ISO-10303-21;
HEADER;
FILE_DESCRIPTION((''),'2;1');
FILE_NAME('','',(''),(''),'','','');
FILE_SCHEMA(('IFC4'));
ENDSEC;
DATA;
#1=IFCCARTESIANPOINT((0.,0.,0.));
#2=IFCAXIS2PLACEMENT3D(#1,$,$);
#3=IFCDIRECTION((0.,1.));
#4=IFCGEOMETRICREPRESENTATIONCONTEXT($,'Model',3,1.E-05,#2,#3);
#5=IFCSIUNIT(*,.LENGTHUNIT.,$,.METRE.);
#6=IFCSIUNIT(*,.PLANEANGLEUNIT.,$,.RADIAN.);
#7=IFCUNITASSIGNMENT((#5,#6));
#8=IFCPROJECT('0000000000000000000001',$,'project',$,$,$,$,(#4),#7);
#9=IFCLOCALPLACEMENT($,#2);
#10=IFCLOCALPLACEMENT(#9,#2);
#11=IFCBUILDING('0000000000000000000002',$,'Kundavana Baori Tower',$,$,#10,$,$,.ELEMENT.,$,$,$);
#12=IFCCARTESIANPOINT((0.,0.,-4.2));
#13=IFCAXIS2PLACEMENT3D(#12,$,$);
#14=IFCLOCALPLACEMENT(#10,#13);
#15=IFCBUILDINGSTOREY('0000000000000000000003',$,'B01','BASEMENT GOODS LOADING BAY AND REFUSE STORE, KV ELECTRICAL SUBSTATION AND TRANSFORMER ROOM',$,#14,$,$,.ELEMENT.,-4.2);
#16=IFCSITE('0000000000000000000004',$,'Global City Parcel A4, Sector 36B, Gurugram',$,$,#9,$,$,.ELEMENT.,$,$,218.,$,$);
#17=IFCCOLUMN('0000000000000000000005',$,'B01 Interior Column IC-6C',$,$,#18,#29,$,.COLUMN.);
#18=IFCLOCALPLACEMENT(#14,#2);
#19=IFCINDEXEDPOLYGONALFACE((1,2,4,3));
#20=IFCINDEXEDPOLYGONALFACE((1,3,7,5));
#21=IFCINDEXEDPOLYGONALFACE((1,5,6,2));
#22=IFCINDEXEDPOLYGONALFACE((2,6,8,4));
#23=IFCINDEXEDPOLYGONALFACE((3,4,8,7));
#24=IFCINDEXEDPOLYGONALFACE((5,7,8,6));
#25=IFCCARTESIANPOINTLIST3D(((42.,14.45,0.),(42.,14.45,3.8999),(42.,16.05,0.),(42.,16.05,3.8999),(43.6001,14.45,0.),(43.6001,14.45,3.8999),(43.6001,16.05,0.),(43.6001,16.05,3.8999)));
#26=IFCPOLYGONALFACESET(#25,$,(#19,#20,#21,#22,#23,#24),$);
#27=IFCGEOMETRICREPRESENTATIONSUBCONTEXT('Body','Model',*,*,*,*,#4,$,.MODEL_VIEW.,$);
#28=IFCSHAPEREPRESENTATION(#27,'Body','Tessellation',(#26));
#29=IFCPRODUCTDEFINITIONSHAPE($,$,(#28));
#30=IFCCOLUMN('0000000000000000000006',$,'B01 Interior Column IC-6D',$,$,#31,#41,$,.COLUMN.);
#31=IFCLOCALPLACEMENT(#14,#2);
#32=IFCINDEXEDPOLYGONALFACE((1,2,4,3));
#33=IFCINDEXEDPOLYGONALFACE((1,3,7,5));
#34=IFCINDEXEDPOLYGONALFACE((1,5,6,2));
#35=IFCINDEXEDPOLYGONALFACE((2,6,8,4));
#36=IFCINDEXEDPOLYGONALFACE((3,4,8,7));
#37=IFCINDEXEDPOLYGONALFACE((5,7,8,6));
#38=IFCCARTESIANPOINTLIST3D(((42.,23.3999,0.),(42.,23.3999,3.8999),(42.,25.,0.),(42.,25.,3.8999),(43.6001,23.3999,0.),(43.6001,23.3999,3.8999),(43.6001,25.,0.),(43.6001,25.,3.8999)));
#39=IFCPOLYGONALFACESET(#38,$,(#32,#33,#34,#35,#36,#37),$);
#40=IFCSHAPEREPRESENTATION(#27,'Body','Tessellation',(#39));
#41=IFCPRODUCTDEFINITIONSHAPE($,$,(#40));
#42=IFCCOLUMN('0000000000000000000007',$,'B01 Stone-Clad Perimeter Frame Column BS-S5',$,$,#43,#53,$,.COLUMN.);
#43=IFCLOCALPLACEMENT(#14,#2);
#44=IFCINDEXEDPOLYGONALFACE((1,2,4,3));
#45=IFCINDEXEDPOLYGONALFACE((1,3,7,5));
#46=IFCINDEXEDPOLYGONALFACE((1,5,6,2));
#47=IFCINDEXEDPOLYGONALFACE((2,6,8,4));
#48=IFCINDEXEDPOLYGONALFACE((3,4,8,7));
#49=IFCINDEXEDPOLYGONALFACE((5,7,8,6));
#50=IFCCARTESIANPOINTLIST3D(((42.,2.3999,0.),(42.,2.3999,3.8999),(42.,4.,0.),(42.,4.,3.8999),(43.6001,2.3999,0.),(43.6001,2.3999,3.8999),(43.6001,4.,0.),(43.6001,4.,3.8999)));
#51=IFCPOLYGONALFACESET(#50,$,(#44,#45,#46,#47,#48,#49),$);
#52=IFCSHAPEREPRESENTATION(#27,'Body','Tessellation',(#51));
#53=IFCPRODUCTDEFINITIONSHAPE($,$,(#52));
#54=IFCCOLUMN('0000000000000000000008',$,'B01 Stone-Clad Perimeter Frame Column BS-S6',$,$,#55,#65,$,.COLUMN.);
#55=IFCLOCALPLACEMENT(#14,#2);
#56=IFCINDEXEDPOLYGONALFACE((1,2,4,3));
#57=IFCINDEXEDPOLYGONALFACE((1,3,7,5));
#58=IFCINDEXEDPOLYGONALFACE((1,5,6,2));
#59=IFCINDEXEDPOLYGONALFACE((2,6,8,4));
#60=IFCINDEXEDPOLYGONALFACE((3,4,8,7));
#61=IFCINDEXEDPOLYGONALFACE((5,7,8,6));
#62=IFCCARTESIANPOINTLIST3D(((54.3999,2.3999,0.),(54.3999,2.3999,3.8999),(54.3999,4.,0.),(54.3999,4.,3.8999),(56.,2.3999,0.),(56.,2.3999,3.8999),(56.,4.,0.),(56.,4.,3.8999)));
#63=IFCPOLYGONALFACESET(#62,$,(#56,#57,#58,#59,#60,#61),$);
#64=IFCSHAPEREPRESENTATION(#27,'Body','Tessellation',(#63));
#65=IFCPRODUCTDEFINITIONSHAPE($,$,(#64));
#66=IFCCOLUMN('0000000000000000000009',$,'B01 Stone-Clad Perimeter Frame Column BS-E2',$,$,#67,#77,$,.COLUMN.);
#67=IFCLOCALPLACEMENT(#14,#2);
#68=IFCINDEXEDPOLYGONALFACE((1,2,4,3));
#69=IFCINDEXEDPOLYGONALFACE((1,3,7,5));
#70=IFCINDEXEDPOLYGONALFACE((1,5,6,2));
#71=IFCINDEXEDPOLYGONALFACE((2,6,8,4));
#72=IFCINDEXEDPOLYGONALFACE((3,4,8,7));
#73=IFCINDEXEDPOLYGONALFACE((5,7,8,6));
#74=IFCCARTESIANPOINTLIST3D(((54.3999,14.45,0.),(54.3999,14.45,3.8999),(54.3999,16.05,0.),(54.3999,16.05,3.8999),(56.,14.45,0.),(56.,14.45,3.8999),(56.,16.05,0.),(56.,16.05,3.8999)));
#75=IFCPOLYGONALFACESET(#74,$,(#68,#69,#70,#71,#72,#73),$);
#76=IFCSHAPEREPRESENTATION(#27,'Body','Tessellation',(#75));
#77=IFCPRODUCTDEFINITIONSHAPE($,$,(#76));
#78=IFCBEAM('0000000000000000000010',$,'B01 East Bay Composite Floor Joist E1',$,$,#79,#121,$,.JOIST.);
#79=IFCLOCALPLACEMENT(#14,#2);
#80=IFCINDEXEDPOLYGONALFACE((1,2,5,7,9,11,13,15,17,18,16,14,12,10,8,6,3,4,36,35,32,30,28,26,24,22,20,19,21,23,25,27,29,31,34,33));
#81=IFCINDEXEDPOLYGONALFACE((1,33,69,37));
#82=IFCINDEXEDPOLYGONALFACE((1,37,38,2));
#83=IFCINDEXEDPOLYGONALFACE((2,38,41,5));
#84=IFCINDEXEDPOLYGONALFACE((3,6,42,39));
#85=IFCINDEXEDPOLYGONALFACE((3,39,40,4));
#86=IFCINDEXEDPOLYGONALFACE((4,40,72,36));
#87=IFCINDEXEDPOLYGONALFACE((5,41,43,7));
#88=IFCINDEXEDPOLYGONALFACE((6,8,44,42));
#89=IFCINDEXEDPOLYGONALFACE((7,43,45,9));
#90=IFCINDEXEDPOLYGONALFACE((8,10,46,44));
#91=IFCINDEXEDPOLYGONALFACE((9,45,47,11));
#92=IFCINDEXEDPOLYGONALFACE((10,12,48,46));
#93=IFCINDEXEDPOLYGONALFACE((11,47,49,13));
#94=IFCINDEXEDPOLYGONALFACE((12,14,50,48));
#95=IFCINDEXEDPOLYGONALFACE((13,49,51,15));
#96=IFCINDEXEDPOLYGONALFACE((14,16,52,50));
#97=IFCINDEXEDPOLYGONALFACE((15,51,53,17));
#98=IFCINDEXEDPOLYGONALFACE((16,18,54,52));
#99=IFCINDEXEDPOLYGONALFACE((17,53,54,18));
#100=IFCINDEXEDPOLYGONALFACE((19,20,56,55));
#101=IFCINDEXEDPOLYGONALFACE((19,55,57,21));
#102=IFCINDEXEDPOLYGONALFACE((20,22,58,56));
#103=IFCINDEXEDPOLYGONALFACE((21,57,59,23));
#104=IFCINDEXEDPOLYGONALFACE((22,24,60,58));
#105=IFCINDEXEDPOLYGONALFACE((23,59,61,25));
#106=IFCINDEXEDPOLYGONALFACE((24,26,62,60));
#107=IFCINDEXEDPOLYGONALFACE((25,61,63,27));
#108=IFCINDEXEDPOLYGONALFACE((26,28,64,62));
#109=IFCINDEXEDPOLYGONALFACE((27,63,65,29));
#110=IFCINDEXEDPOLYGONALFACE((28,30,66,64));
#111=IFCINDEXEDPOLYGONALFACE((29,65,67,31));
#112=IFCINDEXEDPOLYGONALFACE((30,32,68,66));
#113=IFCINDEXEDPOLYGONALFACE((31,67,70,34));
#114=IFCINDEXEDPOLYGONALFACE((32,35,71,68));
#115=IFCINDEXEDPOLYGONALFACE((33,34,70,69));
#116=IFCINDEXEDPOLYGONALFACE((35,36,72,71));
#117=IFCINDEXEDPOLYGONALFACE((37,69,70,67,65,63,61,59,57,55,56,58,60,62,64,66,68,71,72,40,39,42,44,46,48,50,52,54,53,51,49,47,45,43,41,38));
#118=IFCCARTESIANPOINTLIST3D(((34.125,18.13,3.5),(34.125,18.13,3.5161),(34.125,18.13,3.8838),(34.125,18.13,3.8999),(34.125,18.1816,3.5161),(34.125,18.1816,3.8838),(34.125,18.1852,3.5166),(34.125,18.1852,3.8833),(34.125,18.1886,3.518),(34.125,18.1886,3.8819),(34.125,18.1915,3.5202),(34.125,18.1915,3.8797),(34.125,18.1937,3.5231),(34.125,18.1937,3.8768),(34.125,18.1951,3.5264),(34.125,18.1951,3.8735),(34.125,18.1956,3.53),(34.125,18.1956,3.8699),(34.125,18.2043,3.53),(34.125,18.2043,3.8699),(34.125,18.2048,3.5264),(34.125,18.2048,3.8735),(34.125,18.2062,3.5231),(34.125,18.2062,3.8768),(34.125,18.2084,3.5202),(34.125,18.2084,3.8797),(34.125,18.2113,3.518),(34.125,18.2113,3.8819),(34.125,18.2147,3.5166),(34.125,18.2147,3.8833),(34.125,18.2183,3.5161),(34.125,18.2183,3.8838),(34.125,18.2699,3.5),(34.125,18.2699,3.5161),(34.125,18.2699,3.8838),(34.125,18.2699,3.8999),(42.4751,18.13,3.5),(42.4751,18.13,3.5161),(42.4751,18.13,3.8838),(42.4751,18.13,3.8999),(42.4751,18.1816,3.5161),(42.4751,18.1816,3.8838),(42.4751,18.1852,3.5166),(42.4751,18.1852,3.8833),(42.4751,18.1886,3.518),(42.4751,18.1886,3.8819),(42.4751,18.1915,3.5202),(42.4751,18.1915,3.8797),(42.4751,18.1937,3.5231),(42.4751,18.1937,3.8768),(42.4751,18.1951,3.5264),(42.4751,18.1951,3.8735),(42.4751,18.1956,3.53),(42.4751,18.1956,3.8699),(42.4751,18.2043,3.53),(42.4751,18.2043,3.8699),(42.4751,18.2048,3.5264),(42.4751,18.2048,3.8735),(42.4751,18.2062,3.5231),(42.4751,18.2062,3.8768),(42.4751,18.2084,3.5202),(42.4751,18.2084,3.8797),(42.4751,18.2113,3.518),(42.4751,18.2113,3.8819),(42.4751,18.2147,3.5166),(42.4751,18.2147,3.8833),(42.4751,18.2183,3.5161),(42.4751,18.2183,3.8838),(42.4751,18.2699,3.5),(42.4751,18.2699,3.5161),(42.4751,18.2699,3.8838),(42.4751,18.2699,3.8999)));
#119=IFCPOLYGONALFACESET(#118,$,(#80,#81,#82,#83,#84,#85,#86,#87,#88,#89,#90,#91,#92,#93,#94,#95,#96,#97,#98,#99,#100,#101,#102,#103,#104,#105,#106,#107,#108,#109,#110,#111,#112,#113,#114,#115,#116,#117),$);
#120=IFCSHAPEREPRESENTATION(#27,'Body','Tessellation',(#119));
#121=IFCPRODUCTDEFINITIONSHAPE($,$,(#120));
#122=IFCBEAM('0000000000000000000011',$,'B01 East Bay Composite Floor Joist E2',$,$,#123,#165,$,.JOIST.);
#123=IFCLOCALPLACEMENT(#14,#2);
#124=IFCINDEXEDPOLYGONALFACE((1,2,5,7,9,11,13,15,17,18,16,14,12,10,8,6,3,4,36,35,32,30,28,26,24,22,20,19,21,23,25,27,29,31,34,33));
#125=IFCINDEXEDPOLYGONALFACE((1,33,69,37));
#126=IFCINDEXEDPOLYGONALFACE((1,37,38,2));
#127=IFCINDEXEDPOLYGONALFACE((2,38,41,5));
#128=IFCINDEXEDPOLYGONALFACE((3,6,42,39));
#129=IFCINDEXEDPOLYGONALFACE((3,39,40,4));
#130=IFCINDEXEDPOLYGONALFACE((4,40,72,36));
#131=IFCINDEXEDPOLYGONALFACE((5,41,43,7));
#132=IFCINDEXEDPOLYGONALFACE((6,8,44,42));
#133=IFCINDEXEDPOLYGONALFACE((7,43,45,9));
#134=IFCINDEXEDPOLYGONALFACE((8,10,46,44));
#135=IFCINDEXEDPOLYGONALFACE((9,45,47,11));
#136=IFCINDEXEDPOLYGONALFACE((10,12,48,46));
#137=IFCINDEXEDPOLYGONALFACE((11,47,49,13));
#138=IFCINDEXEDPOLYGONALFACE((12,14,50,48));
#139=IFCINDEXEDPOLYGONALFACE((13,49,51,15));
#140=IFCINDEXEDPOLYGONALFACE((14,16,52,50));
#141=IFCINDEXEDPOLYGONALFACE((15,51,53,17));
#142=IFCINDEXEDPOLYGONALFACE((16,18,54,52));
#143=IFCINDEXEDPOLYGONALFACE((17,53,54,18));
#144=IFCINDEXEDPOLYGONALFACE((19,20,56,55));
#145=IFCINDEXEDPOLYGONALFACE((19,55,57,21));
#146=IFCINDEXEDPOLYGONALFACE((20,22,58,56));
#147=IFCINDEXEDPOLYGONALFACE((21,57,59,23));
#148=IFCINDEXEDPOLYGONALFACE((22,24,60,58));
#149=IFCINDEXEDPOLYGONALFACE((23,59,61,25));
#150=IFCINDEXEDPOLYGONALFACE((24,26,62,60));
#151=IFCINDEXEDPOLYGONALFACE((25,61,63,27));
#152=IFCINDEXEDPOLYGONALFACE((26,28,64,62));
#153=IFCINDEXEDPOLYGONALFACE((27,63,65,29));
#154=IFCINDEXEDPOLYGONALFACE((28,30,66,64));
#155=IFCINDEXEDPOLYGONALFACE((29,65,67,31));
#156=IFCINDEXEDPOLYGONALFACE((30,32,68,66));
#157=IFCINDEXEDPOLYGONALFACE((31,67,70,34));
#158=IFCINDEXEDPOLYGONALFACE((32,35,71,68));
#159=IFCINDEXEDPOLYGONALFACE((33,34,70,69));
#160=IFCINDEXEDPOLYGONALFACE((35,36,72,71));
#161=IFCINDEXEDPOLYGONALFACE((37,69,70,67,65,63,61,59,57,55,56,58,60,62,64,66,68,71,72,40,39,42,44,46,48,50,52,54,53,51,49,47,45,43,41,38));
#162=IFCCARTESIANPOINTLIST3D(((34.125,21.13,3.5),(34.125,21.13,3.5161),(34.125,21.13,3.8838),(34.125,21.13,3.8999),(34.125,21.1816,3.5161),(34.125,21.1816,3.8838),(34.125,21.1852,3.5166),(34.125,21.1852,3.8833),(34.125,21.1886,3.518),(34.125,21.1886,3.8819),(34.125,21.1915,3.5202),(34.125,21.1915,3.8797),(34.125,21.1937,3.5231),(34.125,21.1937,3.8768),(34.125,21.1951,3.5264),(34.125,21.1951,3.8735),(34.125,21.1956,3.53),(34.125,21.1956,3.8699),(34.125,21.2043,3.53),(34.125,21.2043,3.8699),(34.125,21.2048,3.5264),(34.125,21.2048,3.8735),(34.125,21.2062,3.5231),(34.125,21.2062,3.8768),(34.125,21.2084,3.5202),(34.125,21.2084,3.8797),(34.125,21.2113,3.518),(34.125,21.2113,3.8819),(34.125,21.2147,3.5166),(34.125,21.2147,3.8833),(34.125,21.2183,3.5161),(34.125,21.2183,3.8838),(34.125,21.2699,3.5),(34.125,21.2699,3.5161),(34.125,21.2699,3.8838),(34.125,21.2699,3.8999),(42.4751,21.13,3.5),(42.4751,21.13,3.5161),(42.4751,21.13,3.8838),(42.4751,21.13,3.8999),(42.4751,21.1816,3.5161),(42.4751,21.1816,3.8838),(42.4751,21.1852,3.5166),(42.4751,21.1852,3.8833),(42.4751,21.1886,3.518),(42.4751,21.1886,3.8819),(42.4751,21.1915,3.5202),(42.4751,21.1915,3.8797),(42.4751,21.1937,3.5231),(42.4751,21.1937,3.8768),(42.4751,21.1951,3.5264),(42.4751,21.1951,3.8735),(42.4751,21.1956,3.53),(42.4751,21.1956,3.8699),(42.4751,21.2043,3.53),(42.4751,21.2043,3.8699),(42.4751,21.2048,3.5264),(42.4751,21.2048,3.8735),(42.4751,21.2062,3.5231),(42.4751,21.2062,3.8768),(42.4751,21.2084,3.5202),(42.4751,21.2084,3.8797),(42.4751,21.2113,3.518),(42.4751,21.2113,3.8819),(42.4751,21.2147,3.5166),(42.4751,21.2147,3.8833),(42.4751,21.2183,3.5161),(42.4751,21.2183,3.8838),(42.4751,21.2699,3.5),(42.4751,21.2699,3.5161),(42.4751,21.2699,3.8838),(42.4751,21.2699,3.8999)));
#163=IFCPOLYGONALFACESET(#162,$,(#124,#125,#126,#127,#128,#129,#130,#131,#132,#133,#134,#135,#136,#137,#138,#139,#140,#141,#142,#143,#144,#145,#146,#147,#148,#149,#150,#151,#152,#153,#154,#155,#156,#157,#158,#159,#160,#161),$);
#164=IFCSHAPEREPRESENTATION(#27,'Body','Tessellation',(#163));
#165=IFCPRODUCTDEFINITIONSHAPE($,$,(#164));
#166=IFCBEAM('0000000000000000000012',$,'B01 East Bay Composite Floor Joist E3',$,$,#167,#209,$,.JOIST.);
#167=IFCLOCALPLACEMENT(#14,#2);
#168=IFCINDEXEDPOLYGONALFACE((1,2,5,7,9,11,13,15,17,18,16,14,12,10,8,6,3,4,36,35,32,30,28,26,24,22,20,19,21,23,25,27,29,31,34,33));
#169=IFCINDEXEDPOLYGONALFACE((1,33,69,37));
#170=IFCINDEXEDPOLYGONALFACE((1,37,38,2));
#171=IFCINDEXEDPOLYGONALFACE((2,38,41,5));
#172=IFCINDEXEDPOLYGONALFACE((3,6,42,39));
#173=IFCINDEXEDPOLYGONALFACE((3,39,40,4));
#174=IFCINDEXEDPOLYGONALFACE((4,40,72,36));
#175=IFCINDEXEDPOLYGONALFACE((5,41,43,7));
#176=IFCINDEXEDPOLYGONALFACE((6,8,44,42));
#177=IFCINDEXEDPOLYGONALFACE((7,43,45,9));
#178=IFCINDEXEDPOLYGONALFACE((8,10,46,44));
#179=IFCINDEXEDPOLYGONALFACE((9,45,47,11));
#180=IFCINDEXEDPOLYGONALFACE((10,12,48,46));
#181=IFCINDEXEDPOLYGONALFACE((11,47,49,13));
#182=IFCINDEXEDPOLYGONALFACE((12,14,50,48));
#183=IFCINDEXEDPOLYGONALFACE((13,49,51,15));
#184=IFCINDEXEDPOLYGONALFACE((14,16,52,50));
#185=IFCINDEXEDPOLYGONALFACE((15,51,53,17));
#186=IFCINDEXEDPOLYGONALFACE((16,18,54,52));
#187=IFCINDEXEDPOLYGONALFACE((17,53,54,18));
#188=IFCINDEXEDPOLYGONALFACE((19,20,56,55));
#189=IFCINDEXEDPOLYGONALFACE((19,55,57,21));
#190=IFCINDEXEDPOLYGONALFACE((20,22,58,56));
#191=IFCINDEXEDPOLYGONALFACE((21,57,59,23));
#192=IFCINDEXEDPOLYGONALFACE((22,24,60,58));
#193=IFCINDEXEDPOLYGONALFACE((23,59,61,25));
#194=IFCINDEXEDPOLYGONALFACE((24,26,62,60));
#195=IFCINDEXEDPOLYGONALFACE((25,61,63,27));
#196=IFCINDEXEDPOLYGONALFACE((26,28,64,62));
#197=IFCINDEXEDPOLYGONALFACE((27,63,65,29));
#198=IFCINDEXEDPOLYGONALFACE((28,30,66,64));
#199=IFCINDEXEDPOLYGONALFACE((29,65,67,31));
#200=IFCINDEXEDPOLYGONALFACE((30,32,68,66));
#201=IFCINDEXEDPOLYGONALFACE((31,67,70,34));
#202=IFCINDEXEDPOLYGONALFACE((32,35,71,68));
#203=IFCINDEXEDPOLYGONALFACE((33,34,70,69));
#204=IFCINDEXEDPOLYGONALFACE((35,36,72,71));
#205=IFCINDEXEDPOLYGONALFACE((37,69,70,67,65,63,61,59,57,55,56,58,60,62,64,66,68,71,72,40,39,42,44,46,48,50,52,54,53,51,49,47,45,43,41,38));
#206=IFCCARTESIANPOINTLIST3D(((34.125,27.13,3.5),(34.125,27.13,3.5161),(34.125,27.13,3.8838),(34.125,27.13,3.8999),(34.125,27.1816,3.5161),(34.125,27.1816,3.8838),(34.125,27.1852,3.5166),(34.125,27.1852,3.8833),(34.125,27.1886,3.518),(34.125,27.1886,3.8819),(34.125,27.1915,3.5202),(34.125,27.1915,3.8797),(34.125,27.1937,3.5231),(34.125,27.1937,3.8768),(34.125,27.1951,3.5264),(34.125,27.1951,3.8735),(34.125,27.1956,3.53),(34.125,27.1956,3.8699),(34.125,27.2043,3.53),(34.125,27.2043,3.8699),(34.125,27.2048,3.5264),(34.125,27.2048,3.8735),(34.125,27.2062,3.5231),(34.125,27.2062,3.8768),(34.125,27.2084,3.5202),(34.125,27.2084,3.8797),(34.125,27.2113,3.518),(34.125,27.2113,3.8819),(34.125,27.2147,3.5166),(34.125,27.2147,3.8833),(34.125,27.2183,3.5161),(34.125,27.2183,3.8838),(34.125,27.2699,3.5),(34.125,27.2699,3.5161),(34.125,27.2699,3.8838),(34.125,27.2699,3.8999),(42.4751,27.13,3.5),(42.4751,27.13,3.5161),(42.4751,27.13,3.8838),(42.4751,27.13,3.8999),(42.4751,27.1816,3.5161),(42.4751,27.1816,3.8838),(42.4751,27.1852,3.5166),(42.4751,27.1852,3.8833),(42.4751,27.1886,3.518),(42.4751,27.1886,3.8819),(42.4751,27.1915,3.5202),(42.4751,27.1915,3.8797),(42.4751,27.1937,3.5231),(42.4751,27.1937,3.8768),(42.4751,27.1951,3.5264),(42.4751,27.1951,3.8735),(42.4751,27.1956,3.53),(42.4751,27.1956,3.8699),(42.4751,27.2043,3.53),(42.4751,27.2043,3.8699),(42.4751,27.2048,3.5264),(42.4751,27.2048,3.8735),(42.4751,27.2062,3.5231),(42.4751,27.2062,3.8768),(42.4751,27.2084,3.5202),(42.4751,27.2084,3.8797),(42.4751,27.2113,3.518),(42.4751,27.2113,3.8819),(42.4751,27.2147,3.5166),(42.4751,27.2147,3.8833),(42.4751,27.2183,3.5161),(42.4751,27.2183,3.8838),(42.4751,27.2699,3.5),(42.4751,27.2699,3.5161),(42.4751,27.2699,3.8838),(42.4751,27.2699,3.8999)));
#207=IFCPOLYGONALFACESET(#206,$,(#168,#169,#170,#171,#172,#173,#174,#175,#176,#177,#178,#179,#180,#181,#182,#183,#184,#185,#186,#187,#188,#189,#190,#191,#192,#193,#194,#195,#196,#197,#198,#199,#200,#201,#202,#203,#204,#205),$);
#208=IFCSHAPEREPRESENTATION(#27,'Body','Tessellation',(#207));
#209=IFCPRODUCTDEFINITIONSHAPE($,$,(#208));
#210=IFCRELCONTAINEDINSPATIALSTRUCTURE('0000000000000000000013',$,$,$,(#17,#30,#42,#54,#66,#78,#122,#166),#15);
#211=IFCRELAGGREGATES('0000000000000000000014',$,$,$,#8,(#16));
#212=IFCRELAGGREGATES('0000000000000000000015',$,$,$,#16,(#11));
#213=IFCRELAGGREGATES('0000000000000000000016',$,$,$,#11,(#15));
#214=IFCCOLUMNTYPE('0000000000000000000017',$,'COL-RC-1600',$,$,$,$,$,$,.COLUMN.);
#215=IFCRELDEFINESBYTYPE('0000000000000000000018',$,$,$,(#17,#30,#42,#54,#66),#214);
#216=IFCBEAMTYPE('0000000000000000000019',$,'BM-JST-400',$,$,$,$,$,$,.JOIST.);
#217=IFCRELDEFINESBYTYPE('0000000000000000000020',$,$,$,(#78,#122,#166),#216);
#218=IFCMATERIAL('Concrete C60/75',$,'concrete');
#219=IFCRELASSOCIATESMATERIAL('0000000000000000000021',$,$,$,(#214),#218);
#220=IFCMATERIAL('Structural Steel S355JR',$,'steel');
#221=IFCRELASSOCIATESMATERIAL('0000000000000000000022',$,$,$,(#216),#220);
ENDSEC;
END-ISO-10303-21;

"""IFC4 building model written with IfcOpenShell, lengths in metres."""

from ifc_helpers import new_model, si_unit, direction, frame, origin, origin_2d, place, context, subcontext, project, spatial, rectangle, i_section, extrude, material, material_profile, profile_set, type_object, element, save


model = new_model("IFC4")

# Units and contexts
model_context = context("Model", 3, precision=1e-05, world=origin(), true_north=direction((0.0, 1.0)))
body_context = subcontext(model_context, "Body", "Model", "MODEL_VIEW")
ifc_project = project(units=[si_unit("LENGTHUNIT", "METRE"), si_unit("PLANEANGLEUNIT", "RADIAN")], contexts=[model_context])

# Site, building, storey
site_placement = place(None, origin())
site = spatial("IfcSite", under=ifc_project, at=site_placement, Name="Global City Parcel A4, Sector 36B, Gurugram", CompositionType="ELEMENT", RefElevation=218.0)
building_placement = place(site_placement, origin())
building = spatial("IfcBuilding", under=site, at=building_placement, Name="Kundavana Baori Tower", CompositionType="ELEMENT")
storey_placement = place(building_placement, frame((0.0, 0.0, -4.2)))
storey = spatial("IfcBuildingStorey", under=building, at=storey_placement, Name="B01", Description="BASEMENT GOODS LOADING BAY AND REFUSE STORE, KV ELECTRICAL SUBSTATION AND TRANSFORMER ROOM", CompositionType="ELEMENT", Elevation=-4.2)

# Columns
ifc_material_1 = material(Name="Concrete C60/75", Category="concrete")
ifc_material_profile_1 = material_profile(ifc_material_1, rectangle(XDim=1.6001, YDim=1.6001, at=origin_2d()), Name="RC 1600x1600")
ifc_profile_set_1 = profile_set([ifc_material_profile_1], Name="Concrete C60/75")
column_type = type_object("IfcColumnType", Name="COL-RC-1600", PredefinedType="COLUMN", material=ifc_profile_set_1)
for number, where, z_axis, x_axis, name in (
    (1, (42.8, 15.25, 0.0), (0.0, 0.0, 1.0), (1.0, 0.0, 0.0), "B01 Interior Column IC-6C"),
    (2, (42.8, 24.2, 0.0), (0.0, 0.0, 1.0), (1.0, 0.0, 0.0), "B01 Interior Column IC-6D"),
    (3, (42.8, 3.2, 0.0), (0.0, 0.0, 1.0), (1.0, 0.0, 0.0), "B01 Stone-Clad Perimeter Frame Column BS-S5"),
    (4, (55.2, 3.2, 0.0), (0.0, 0.0, 1.0), (1.0, 0.0, 0.0), "B01 Stone-Clad Perimeter Frame Column BS-S6"),
    (5, (55.2, 15.25, 0.0), (0.0, 0.0, 1.0), (1.0, 0.0, 0.0), "B01 Stone-Clad Perimeter Frame Column BS-E2"),
):
    element("IfcColumn", number, at=place(storey_placement, frame(where, z_axis=z_axis, x_axis=x_axis)), inside=storey, type_object=column_type, Name=name, PredefinedType="COLUMN", context=body_context, shape_type="SweptSolid", body=[
        extrude(rectangle(XDim=1.6001, YDim=1.6001, at=origin_2d()), origin(), (0.0, 0.0, 1.0), 3.8999),
    ])

# Beams
ifc_material_2 = material(Name="Structural Steel S355JR", Category="steel")
ifc_material_profile_2 = material_profile(ifc_material_2, i_section(OverallWidth=0.1399, OverallDepth=0.3999, WebThickness=0.0088, FlangeThickness=0.0161, FilletRadius=0.0139, at=origin_2d()), Name="ISMB 400")
ifc_profile_set_2 = profile_set([ifc_material_profile_2], Name="Structural Steel S355JR")
beam_type_1 = type_object("IfcBeamType", Name="BM-JST-400", PredefinedType="JOIST", material=ifc_profile_set_2)
for number, where, z_axis, x_axis, name in (
    (6, (34.125, 18.2, 3.7), (1.0, 0.0, 0.0), (0.0, 1.0, 0.0), "B01 East Bay Composite Floor Joist E1"),
    (7, (34.125, 21.2, 3.7), (1.0, 0.0, 0.0), (0.0, 1.0, 0.0), "B01 East Bay Composite Floor Joist E2"),
    (8, (34.125, 27.2, 3.7), (1.0, 0.0, 0.0), (0.0, 1.0, 0.0), "B01 East Bay Composite Floor Joist E3"),
):
    element("IfcBeam", number, at=place(storey_placement, frame(where, z_axis=z_axis, x_axis=x_axis)), inside=storey, type_object=beam_type_1, Name=name, PredefinedType="JOIST", context=body_context, shape_type="SweptSolid", body=[
        extrude(i_section(OverallWidth=0.1399, OverallDepth=0.3999, WebThickness=0.0088, FlangeThickness=0.0161, FilletRadius=0.0139, at=origin_2d()), origin(), (0.0, 0.0, 1.0), 8.3501),
    ])

save(model, "model.ifc")
